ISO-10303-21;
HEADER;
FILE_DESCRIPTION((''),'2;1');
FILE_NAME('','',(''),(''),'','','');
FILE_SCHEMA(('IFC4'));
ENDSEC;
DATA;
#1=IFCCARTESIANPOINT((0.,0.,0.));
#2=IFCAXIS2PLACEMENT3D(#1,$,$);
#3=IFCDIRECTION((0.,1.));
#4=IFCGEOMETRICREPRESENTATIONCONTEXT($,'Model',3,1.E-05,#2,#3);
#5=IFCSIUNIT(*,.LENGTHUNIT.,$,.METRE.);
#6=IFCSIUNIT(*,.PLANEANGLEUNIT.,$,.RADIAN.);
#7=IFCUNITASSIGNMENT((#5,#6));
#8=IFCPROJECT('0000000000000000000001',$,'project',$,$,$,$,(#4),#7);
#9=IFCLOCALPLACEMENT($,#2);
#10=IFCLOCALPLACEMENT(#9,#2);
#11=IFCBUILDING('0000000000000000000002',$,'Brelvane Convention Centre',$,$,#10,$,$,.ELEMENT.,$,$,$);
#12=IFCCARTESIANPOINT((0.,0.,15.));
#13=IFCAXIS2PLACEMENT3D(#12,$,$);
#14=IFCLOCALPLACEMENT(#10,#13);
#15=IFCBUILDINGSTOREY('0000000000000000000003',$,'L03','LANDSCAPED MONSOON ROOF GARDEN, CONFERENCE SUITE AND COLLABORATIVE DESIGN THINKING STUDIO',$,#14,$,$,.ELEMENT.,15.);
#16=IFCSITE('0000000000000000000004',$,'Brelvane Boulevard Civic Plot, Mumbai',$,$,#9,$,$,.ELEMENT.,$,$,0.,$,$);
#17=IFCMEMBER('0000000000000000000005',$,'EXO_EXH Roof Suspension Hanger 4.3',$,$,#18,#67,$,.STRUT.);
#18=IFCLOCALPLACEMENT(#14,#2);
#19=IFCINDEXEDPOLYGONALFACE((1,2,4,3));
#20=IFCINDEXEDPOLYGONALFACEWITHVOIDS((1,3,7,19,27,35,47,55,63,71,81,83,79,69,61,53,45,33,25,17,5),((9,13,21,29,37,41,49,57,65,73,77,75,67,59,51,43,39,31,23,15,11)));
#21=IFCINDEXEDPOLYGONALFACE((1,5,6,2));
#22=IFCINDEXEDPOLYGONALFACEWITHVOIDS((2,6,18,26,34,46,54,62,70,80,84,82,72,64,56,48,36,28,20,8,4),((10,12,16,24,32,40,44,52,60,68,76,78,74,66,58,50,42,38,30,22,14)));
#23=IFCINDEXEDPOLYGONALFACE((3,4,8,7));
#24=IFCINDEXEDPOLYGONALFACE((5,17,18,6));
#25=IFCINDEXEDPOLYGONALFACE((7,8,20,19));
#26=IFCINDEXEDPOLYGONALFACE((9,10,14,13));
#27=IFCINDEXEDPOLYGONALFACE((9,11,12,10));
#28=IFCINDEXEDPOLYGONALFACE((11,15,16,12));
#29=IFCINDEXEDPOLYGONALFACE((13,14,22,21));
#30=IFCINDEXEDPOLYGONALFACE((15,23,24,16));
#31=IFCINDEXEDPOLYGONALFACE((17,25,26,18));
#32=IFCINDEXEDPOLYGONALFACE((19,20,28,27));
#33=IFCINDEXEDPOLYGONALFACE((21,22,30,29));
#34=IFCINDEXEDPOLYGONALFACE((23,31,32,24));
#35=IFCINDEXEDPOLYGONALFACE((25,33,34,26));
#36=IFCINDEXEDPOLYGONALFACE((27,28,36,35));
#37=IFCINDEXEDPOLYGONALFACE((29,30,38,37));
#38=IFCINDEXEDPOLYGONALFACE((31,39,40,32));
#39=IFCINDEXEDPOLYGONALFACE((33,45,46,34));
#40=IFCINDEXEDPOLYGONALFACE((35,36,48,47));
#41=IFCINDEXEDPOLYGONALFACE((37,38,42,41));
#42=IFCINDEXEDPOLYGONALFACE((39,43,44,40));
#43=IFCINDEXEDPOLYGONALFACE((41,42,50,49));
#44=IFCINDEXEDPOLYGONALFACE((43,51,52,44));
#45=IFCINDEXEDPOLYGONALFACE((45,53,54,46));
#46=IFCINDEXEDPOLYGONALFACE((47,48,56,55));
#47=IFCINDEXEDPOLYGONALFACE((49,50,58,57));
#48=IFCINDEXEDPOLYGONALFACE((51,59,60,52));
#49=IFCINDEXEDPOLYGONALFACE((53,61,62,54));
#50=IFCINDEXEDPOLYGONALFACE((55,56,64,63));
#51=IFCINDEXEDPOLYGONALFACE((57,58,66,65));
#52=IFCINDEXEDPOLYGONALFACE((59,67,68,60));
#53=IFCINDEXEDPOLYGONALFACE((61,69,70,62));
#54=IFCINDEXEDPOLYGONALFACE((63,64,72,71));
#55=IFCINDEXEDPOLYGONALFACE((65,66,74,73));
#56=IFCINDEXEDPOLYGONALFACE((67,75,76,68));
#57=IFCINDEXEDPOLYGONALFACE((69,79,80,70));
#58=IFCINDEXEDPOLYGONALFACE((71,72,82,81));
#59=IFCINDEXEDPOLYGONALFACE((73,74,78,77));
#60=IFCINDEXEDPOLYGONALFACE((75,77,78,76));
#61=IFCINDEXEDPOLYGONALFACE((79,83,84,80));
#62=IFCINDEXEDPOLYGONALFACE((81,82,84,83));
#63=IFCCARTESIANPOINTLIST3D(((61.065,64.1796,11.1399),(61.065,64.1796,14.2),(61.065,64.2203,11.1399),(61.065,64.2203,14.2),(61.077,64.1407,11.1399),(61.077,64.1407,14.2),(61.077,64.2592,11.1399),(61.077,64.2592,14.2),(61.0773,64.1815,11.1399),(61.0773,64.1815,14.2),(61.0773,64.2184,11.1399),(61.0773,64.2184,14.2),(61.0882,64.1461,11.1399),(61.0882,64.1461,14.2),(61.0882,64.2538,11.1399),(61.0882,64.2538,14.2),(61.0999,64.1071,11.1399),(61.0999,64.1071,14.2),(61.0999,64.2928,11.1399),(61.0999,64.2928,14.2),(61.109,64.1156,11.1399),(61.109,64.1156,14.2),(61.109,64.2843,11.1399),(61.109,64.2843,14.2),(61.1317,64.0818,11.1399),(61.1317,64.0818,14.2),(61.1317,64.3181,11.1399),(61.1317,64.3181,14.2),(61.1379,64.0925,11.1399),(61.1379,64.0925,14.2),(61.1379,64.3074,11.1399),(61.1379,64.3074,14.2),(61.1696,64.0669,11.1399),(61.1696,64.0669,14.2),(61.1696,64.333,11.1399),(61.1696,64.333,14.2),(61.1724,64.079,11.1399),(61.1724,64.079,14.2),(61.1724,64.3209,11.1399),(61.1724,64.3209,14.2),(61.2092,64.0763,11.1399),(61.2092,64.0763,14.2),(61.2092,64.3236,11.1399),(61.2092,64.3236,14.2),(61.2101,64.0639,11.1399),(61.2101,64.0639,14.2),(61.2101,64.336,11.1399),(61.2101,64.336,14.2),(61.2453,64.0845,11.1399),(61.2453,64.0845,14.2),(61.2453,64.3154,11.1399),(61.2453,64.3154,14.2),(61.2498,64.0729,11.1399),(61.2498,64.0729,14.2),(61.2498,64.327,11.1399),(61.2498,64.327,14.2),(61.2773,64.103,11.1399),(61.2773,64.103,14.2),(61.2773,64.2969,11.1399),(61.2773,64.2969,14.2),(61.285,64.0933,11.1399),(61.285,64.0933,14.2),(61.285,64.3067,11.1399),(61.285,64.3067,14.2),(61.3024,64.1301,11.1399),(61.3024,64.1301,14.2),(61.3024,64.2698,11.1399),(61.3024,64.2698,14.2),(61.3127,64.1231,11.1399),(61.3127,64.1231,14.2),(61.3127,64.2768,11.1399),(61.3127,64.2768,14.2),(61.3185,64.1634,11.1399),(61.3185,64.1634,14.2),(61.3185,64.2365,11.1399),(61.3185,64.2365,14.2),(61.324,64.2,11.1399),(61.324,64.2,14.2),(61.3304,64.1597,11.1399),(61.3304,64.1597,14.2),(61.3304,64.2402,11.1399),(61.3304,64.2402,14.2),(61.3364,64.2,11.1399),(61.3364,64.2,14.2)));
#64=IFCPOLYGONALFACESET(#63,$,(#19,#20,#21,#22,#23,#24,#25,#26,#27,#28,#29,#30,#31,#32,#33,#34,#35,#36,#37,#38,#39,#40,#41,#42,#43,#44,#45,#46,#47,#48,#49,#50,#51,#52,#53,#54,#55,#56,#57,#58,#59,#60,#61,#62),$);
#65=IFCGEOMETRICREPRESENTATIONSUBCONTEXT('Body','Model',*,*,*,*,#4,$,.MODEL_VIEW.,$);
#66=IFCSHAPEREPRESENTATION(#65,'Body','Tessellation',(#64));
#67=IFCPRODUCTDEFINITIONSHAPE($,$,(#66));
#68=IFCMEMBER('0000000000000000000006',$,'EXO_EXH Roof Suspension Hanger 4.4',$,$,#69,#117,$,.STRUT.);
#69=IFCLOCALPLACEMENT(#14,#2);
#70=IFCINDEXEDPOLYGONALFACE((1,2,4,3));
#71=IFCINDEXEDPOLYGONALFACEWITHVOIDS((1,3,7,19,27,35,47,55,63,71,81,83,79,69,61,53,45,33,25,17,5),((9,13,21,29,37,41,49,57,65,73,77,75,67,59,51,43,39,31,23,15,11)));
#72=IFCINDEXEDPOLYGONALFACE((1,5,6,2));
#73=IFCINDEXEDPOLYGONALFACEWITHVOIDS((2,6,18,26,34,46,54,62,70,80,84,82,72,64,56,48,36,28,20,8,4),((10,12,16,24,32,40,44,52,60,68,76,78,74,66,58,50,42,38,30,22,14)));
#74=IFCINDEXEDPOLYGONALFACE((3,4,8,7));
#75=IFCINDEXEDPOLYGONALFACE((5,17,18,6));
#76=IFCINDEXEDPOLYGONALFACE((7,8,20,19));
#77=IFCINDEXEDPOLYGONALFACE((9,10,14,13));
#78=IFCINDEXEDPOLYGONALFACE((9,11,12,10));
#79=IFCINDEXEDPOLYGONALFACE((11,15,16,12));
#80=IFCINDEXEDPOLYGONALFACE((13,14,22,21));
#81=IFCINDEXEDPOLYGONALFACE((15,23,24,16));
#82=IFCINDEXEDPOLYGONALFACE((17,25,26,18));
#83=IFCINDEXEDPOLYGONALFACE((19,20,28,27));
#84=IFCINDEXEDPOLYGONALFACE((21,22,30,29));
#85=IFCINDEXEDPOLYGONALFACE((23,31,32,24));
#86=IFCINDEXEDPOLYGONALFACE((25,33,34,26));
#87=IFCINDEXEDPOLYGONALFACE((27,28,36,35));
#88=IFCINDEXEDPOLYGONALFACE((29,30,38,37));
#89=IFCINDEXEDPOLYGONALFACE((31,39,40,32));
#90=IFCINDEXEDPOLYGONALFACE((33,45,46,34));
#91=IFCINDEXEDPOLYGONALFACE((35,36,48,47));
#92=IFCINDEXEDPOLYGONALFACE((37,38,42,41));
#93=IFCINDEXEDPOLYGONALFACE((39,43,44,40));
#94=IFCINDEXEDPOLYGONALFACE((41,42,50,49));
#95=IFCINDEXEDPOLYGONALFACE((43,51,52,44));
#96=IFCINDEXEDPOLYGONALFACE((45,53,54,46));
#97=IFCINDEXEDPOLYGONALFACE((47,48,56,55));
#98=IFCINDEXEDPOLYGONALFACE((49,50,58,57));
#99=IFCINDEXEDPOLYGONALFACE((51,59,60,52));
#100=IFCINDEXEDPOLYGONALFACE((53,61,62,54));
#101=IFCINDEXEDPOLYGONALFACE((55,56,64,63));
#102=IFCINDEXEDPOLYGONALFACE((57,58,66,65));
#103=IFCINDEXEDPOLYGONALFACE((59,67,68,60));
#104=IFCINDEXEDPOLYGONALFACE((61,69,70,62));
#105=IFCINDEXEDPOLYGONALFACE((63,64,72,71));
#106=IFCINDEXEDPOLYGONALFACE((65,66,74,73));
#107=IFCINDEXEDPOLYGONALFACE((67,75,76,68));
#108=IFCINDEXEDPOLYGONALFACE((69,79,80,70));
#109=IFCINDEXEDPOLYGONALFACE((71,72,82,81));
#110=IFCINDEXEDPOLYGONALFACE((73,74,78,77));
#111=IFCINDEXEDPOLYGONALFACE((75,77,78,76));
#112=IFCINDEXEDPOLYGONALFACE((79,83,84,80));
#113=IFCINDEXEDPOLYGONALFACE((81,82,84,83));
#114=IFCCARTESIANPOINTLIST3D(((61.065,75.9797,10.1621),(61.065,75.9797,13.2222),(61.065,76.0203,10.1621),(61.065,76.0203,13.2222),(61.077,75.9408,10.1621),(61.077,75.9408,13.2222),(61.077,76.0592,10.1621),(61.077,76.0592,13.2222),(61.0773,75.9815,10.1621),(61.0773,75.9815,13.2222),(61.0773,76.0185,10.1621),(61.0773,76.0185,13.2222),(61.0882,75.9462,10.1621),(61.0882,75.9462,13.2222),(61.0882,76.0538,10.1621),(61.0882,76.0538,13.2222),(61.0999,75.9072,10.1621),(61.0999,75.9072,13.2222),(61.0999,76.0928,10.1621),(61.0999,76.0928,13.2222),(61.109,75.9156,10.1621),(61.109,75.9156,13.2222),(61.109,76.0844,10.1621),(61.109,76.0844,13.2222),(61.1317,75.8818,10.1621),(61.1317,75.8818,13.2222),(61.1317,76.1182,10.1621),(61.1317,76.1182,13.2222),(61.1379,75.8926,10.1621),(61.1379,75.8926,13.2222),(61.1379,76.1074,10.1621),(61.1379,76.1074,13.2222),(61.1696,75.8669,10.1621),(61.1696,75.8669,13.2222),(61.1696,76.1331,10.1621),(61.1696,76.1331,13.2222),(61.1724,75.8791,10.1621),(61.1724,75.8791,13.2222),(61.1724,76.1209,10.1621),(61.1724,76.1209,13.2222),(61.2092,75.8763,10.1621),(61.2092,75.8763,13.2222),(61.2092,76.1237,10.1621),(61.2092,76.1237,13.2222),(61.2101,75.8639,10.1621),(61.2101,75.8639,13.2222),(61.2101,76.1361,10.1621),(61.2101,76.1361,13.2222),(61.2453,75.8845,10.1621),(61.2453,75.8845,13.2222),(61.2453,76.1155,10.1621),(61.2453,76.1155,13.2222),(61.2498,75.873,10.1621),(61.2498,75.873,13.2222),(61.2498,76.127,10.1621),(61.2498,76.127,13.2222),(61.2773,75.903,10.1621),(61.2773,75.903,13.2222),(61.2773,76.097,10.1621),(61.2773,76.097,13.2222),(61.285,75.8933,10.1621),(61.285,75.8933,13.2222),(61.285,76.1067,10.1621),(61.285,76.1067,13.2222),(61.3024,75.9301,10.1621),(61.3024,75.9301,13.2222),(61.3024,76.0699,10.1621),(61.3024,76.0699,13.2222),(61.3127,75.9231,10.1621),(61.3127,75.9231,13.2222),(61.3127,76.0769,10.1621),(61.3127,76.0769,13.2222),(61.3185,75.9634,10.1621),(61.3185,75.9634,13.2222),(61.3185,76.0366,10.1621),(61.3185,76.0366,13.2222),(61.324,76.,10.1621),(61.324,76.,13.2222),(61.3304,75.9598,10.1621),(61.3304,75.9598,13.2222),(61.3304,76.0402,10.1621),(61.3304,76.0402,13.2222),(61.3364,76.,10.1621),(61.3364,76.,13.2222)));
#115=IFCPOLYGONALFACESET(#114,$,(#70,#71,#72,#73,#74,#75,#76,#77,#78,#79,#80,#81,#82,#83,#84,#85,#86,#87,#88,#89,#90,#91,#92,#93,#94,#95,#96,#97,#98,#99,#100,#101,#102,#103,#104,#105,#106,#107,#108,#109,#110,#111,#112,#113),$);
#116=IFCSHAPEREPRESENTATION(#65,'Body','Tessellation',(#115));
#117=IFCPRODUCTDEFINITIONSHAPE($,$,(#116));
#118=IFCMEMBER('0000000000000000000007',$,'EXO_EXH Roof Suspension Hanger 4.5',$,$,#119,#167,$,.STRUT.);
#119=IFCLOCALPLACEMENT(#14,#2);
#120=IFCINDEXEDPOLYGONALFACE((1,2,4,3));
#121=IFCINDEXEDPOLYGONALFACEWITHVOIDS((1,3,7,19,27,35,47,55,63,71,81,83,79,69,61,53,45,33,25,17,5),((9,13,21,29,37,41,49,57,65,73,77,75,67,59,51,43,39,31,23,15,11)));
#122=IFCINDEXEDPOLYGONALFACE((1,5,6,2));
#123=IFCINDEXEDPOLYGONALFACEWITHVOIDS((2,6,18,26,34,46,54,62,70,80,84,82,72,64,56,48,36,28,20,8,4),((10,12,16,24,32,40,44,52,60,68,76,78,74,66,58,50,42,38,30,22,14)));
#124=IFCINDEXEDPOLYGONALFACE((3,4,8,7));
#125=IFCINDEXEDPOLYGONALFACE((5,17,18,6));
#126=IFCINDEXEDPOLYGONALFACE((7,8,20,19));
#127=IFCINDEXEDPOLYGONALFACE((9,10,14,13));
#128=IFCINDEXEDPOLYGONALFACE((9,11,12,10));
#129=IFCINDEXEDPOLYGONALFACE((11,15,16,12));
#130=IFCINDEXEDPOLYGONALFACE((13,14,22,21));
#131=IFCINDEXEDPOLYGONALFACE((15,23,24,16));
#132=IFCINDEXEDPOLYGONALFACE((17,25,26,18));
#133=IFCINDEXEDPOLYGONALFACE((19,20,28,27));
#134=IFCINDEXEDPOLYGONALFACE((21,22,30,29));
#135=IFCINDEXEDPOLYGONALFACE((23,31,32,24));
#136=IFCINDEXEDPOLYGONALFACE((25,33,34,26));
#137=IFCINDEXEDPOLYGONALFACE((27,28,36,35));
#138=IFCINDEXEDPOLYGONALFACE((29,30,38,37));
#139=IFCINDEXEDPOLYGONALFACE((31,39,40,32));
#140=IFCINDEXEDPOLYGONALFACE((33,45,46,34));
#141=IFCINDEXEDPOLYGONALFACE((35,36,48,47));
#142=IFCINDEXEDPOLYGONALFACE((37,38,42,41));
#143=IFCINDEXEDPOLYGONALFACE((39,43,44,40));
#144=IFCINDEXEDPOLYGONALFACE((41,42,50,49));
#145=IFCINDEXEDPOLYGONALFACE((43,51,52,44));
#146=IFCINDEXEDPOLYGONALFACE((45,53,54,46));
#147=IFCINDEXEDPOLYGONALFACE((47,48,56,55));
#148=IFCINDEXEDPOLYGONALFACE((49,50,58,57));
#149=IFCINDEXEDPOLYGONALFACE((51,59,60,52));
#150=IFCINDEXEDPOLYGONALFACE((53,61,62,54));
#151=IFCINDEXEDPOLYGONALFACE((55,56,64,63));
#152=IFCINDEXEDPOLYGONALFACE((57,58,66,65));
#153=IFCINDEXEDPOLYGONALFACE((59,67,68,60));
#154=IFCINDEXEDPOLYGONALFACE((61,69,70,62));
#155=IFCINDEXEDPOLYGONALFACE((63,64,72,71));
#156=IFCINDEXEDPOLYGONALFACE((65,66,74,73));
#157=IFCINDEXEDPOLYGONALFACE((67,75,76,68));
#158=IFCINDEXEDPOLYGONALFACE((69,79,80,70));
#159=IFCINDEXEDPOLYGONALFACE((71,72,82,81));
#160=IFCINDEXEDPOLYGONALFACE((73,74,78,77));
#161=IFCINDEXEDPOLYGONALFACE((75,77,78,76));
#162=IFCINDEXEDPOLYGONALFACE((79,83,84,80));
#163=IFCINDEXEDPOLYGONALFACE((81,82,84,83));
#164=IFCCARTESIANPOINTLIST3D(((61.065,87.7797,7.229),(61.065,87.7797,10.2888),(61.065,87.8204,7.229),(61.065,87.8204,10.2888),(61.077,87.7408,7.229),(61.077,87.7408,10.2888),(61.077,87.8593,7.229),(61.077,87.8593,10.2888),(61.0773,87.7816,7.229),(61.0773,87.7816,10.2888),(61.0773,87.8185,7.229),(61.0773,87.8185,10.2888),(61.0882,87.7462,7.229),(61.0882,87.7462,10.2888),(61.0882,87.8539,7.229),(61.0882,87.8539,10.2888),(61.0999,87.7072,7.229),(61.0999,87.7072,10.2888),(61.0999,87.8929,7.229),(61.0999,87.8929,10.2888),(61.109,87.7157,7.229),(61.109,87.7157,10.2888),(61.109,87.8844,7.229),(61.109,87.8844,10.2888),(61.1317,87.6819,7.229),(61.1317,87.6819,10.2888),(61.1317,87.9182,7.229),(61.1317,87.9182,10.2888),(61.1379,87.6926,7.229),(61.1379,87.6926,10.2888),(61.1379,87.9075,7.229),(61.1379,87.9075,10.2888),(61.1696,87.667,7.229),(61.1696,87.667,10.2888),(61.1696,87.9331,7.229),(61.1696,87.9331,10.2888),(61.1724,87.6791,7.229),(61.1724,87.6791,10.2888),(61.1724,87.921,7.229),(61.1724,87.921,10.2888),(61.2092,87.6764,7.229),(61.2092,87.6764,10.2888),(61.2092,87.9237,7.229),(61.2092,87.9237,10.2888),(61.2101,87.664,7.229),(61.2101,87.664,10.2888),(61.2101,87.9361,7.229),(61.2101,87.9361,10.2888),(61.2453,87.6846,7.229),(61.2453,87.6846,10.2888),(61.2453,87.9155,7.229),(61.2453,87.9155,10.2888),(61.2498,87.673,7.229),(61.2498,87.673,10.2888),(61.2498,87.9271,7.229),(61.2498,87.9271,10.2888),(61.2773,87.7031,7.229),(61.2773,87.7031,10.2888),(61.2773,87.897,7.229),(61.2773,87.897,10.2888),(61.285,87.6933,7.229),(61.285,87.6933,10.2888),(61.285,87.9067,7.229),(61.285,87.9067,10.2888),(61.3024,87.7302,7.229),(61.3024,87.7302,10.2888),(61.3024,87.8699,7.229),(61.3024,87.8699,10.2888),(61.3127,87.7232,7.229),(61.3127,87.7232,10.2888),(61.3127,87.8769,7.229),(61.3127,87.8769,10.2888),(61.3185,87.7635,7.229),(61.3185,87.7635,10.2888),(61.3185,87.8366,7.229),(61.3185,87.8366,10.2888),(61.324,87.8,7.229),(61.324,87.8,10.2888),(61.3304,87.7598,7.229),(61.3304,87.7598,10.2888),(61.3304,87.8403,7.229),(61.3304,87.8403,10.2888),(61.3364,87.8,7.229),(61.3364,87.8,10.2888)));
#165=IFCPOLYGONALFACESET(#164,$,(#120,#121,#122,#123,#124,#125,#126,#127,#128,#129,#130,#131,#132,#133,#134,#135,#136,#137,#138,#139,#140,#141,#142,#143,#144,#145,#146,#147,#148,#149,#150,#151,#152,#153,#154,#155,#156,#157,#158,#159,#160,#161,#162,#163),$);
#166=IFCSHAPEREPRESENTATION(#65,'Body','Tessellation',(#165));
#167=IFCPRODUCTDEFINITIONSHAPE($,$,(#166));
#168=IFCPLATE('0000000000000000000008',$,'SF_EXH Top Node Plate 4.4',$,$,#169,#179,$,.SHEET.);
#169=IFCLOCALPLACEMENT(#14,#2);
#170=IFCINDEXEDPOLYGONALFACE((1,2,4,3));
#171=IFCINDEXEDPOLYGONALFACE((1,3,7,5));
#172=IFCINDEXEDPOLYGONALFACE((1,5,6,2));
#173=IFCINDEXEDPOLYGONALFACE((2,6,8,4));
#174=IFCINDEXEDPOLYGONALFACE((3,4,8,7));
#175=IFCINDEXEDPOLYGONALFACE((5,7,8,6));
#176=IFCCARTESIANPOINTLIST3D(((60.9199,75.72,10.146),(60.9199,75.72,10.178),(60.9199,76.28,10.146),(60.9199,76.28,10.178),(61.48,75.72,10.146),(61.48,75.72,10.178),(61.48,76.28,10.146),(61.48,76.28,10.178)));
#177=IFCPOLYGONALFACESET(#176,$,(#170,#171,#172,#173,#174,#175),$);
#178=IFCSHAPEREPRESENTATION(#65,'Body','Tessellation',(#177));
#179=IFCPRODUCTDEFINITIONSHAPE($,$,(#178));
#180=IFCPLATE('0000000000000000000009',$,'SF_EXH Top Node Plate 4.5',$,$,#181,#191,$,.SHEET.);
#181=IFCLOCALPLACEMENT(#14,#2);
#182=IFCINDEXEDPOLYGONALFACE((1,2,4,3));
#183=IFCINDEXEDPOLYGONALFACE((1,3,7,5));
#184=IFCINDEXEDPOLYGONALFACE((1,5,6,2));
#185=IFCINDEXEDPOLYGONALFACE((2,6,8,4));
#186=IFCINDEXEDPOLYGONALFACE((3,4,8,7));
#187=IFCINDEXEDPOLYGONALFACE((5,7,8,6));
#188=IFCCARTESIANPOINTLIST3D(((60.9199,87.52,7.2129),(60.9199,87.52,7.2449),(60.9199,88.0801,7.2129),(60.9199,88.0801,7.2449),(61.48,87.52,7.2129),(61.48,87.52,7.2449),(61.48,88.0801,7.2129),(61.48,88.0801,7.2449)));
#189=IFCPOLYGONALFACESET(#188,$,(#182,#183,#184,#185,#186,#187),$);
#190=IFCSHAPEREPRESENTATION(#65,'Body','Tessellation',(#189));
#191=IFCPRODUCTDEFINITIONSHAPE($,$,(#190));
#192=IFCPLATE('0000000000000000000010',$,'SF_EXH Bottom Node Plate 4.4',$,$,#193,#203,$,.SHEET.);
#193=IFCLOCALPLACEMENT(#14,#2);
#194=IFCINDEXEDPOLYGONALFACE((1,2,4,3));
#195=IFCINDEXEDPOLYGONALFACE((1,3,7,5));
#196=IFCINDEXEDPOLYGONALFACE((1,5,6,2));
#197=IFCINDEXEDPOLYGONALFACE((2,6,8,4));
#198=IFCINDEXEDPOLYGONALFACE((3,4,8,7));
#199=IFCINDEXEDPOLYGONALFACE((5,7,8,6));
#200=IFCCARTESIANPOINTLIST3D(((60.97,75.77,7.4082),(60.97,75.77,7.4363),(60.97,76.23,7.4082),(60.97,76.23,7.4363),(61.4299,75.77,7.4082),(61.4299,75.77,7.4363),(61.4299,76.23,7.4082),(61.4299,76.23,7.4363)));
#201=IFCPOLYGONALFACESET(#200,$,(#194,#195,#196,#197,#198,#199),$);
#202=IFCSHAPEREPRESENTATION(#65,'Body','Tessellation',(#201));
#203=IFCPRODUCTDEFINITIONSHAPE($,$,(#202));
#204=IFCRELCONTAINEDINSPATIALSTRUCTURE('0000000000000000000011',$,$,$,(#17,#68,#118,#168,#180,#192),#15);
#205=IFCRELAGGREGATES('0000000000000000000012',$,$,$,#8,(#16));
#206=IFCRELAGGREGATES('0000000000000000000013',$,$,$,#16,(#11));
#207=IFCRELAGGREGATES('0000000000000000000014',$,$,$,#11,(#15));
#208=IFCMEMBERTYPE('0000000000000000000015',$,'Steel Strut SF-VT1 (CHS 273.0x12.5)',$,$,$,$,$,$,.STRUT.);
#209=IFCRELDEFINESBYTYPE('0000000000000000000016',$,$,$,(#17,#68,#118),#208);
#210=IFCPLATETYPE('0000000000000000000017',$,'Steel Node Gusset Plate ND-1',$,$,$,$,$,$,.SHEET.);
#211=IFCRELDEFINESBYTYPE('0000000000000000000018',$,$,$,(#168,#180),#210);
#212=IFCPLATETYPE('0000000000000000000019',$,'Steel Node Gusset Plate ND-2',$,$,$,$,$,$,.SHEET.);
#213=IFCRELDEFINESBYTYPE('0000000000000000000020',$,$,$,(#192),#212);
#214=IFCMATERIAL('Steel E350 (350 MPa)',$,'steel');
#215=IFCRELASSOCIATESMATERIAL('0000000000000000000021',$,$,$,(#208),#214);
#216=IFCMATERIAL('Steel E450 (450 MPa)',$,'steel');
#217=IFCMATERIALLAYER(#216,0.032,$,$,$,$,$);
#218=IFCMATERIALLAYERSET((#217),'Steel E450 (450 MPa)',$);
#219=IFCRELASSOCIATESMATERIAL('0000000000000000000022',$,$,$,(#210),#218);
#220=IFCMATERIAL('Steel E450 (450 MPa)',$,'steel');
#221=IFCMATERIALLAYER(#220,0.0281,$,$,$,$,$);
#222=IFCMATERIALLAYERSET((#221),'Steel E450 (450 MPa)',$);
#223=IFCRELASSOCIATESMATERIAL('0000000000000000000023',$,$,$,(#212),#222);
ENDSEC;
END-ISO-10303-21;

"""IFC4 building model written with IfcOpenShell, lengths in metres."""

from ifc_helpers import new_model, si_unit, direction, frame, origin, origin_2d, place, context, subcontext, project, spatial, rectangle, hollow_circle, extrude, material, layer, layer_set, material_profile, profile_set, type_object, element, save


model = new_model("IFC4")

# Units and contexts
model_context = context("Model", 3, precision=1e-05, world=origin(), true_north=direction((0.0, 1.0)))
body_context = subcontext(model_context, "Body", "Model", "MODEL_VIEW")
ifc_project = project(units=[si_unit("LENGTHUNIT", "METRE"), si_unit("PLANEANGLEUNIT", "RADIAN")], contexts=[model_context])

# Site, building, storey
site_placement = place(None, origin())
site = spatial("IfcSite", under=ifc_project, at=site_placement, Name="Brelvane Boulevard Civic Plot, Mumbai", CompositionType="ELEMENT", RefElevation=0.0)
building_placement = place(site_placement, origin())
building = spatial("IfcBuilding", under=site, at=building_placement, Name="Brelvane Convention Centre", CompositionType="ELEMENT")
storey_placement = place(building_placement, frame((0.0, 0.0, 15.0)))
storey = spatial("IfcBuildingStorey", under=building, at=storey_placement, Name="L03", Description="LANDSCAPED MONSOON ROOF GARDEN, CONFERENCE SUITE AND COLLABORATIVE DESIGN THINKING STUDIO", CompositionType="ELEMENT", Elevation=15.0)

# Members
ifc_material_1 = material(Name="Steel E350 (350 MPa)", Category="steel")
ifc_material_profile_1 = material_profile(ifc_material_1, hollow_circle(Radius=0.1365, WallThickness=0.0125, at=origin_2d()), Name="CHS 273.0x12.5")
ifc_profile_set_1 = profile_set([ifc_material_profile_1], Name="Steel E350 (350 MPa)")
member_type_1 = type_object("IfcMemberType", Name="Steel Strut SF-VT1 (CHS 273.0x12.5)", PredefinedType="STRUT", material=ifc_profile_set_1)
for number, where, z_axis, x_axis, name in (
    (1, (61.2, 64.2, 11.1399), (0.0, 0.0, 1.0), (1.0, 0.0, 0.0), "EXO_EXH Roof Suspension Hanger 4.3"),
    (2, (61.2, 76.0, 10.1621), (0.0, 0.0, 1.0), (1.0, 0.0, 0.0), "EXO_EXH Roof Suspension Hanger 4.4"),
):
    element("IfcMember", number, at=place(storey_placement, frame(where, z_axis=z_axis, x_axis=x_axis)), inside=storey, type_object=member_type_1, Name=name, PredefinedType="STRUT", context=body_context, shape_type="SweptSolid", body=[
        extrude(hollow_circle(Radius=0.1365, WallThickness=0.0125, at=origin_2d()), origin(), (0.0, 0.0, 1.0), 3.0601),
    ])
member_1_placement = place(storey_placement, frame((61.2, 87.8, 7.229), z_axis=(0.0, 0.0, 1.0), x_axis=(1.0, 0.0, 0.0)))
element("IfcMember", 3, at=member_1_placement, inside=storey, type_object=member_type_1, Name="EXO_EXH Roof Suspension Hanger 4.5", PredefinedType="STRUT", context=body_context, shape_type="SweptSolid", body=[
    extrude(hollow_circle(Radius=0.1365, WallThickness=0.0125, at=origin_2d()), origin(), (0.0, 0.0, 1.0), 3.0598),
])

# Plates
ifc_material_2 = material(Name="Steel E450 (450 MPa)", Category="steel")
ifc_layer_1 = layer(ifc_material_2, 0.032)
ifc_layer_set_1 = layer_set([ifc_layer_1], Name="Steel E450 (450 MPa)")
plate_type_1 = type_object("IfcPlateType", Name="Steel Node Gusset Plate ND-1", PredefinedType="SHEET", material=ifc_layer_set_1)
for number, where, z_axis, x_axis, name in (
    (4, (61.2, 76.0, 10.146), (0.0, 0.0, 1.0), (1.0, 0.0, 0.0), "SF_EXH Top Node Plate 4.4"),
    (5, (61.2, 87.8, 7.2129), (0.0, 0.0, 1.0), (1.0, 0.0, 0.0), "SF_EXH Top Node Plate 4.5"),
):
    element("IfcPlate", number, at=place(storey_placement, frame(where, z_axis=z_axis, x_axis=x_axis)), inside=storey, type_object=plate_type_1, Name=name, PredefinedType="SHEET", context=body_context, shape_type="SweptSolid", body=[
        extrude(rectangle(XDim=0.5601, YDim=0.5601, at=origin_2d()), origin(), (0.0, 0.0, 1.0), 0.032),
    ])
ifc_material_3 = material(Name="Steel E450 (450 MPa)", Category="steel")
ifc_layer_2 = layer(ifc_material_3, 0.0281)
ifc_layer_set_2 = layer_set([ifc_layer_2], Name="Steel E450 (450 MPa)")
plate_type_2 = type_object("IfcPlateType", Name="Steel Node Gusset Plate ND-2", PredefinedType="SHEET", material=ifc_layer_set_2)
for number, where, z_axis, x_axis, name in (
    (6, (61.2, 76.0, 7.4082), (0.0, 0.0, 1.0), (1.0, 0.0, 0.0), "SF_EXH Bottom Node Plate 4.4"),
):
    element("IfcPlate", number, at=place(storey_placement, frame(where, z_axis=z_axis, x_axis=x_axis)), inside=storey, type_object=plate_type_2, Name=name, PredefinedType="SHEET", context=body_context, shape_type="SweptSolid", body=[
        extrude(rectangle(XDim=0.46, YDim=0.46, at=origin_2d()), origin(), (0.0, 0.0, 1.0), 0.0281),
    ])

save(model, "model.ifc")
